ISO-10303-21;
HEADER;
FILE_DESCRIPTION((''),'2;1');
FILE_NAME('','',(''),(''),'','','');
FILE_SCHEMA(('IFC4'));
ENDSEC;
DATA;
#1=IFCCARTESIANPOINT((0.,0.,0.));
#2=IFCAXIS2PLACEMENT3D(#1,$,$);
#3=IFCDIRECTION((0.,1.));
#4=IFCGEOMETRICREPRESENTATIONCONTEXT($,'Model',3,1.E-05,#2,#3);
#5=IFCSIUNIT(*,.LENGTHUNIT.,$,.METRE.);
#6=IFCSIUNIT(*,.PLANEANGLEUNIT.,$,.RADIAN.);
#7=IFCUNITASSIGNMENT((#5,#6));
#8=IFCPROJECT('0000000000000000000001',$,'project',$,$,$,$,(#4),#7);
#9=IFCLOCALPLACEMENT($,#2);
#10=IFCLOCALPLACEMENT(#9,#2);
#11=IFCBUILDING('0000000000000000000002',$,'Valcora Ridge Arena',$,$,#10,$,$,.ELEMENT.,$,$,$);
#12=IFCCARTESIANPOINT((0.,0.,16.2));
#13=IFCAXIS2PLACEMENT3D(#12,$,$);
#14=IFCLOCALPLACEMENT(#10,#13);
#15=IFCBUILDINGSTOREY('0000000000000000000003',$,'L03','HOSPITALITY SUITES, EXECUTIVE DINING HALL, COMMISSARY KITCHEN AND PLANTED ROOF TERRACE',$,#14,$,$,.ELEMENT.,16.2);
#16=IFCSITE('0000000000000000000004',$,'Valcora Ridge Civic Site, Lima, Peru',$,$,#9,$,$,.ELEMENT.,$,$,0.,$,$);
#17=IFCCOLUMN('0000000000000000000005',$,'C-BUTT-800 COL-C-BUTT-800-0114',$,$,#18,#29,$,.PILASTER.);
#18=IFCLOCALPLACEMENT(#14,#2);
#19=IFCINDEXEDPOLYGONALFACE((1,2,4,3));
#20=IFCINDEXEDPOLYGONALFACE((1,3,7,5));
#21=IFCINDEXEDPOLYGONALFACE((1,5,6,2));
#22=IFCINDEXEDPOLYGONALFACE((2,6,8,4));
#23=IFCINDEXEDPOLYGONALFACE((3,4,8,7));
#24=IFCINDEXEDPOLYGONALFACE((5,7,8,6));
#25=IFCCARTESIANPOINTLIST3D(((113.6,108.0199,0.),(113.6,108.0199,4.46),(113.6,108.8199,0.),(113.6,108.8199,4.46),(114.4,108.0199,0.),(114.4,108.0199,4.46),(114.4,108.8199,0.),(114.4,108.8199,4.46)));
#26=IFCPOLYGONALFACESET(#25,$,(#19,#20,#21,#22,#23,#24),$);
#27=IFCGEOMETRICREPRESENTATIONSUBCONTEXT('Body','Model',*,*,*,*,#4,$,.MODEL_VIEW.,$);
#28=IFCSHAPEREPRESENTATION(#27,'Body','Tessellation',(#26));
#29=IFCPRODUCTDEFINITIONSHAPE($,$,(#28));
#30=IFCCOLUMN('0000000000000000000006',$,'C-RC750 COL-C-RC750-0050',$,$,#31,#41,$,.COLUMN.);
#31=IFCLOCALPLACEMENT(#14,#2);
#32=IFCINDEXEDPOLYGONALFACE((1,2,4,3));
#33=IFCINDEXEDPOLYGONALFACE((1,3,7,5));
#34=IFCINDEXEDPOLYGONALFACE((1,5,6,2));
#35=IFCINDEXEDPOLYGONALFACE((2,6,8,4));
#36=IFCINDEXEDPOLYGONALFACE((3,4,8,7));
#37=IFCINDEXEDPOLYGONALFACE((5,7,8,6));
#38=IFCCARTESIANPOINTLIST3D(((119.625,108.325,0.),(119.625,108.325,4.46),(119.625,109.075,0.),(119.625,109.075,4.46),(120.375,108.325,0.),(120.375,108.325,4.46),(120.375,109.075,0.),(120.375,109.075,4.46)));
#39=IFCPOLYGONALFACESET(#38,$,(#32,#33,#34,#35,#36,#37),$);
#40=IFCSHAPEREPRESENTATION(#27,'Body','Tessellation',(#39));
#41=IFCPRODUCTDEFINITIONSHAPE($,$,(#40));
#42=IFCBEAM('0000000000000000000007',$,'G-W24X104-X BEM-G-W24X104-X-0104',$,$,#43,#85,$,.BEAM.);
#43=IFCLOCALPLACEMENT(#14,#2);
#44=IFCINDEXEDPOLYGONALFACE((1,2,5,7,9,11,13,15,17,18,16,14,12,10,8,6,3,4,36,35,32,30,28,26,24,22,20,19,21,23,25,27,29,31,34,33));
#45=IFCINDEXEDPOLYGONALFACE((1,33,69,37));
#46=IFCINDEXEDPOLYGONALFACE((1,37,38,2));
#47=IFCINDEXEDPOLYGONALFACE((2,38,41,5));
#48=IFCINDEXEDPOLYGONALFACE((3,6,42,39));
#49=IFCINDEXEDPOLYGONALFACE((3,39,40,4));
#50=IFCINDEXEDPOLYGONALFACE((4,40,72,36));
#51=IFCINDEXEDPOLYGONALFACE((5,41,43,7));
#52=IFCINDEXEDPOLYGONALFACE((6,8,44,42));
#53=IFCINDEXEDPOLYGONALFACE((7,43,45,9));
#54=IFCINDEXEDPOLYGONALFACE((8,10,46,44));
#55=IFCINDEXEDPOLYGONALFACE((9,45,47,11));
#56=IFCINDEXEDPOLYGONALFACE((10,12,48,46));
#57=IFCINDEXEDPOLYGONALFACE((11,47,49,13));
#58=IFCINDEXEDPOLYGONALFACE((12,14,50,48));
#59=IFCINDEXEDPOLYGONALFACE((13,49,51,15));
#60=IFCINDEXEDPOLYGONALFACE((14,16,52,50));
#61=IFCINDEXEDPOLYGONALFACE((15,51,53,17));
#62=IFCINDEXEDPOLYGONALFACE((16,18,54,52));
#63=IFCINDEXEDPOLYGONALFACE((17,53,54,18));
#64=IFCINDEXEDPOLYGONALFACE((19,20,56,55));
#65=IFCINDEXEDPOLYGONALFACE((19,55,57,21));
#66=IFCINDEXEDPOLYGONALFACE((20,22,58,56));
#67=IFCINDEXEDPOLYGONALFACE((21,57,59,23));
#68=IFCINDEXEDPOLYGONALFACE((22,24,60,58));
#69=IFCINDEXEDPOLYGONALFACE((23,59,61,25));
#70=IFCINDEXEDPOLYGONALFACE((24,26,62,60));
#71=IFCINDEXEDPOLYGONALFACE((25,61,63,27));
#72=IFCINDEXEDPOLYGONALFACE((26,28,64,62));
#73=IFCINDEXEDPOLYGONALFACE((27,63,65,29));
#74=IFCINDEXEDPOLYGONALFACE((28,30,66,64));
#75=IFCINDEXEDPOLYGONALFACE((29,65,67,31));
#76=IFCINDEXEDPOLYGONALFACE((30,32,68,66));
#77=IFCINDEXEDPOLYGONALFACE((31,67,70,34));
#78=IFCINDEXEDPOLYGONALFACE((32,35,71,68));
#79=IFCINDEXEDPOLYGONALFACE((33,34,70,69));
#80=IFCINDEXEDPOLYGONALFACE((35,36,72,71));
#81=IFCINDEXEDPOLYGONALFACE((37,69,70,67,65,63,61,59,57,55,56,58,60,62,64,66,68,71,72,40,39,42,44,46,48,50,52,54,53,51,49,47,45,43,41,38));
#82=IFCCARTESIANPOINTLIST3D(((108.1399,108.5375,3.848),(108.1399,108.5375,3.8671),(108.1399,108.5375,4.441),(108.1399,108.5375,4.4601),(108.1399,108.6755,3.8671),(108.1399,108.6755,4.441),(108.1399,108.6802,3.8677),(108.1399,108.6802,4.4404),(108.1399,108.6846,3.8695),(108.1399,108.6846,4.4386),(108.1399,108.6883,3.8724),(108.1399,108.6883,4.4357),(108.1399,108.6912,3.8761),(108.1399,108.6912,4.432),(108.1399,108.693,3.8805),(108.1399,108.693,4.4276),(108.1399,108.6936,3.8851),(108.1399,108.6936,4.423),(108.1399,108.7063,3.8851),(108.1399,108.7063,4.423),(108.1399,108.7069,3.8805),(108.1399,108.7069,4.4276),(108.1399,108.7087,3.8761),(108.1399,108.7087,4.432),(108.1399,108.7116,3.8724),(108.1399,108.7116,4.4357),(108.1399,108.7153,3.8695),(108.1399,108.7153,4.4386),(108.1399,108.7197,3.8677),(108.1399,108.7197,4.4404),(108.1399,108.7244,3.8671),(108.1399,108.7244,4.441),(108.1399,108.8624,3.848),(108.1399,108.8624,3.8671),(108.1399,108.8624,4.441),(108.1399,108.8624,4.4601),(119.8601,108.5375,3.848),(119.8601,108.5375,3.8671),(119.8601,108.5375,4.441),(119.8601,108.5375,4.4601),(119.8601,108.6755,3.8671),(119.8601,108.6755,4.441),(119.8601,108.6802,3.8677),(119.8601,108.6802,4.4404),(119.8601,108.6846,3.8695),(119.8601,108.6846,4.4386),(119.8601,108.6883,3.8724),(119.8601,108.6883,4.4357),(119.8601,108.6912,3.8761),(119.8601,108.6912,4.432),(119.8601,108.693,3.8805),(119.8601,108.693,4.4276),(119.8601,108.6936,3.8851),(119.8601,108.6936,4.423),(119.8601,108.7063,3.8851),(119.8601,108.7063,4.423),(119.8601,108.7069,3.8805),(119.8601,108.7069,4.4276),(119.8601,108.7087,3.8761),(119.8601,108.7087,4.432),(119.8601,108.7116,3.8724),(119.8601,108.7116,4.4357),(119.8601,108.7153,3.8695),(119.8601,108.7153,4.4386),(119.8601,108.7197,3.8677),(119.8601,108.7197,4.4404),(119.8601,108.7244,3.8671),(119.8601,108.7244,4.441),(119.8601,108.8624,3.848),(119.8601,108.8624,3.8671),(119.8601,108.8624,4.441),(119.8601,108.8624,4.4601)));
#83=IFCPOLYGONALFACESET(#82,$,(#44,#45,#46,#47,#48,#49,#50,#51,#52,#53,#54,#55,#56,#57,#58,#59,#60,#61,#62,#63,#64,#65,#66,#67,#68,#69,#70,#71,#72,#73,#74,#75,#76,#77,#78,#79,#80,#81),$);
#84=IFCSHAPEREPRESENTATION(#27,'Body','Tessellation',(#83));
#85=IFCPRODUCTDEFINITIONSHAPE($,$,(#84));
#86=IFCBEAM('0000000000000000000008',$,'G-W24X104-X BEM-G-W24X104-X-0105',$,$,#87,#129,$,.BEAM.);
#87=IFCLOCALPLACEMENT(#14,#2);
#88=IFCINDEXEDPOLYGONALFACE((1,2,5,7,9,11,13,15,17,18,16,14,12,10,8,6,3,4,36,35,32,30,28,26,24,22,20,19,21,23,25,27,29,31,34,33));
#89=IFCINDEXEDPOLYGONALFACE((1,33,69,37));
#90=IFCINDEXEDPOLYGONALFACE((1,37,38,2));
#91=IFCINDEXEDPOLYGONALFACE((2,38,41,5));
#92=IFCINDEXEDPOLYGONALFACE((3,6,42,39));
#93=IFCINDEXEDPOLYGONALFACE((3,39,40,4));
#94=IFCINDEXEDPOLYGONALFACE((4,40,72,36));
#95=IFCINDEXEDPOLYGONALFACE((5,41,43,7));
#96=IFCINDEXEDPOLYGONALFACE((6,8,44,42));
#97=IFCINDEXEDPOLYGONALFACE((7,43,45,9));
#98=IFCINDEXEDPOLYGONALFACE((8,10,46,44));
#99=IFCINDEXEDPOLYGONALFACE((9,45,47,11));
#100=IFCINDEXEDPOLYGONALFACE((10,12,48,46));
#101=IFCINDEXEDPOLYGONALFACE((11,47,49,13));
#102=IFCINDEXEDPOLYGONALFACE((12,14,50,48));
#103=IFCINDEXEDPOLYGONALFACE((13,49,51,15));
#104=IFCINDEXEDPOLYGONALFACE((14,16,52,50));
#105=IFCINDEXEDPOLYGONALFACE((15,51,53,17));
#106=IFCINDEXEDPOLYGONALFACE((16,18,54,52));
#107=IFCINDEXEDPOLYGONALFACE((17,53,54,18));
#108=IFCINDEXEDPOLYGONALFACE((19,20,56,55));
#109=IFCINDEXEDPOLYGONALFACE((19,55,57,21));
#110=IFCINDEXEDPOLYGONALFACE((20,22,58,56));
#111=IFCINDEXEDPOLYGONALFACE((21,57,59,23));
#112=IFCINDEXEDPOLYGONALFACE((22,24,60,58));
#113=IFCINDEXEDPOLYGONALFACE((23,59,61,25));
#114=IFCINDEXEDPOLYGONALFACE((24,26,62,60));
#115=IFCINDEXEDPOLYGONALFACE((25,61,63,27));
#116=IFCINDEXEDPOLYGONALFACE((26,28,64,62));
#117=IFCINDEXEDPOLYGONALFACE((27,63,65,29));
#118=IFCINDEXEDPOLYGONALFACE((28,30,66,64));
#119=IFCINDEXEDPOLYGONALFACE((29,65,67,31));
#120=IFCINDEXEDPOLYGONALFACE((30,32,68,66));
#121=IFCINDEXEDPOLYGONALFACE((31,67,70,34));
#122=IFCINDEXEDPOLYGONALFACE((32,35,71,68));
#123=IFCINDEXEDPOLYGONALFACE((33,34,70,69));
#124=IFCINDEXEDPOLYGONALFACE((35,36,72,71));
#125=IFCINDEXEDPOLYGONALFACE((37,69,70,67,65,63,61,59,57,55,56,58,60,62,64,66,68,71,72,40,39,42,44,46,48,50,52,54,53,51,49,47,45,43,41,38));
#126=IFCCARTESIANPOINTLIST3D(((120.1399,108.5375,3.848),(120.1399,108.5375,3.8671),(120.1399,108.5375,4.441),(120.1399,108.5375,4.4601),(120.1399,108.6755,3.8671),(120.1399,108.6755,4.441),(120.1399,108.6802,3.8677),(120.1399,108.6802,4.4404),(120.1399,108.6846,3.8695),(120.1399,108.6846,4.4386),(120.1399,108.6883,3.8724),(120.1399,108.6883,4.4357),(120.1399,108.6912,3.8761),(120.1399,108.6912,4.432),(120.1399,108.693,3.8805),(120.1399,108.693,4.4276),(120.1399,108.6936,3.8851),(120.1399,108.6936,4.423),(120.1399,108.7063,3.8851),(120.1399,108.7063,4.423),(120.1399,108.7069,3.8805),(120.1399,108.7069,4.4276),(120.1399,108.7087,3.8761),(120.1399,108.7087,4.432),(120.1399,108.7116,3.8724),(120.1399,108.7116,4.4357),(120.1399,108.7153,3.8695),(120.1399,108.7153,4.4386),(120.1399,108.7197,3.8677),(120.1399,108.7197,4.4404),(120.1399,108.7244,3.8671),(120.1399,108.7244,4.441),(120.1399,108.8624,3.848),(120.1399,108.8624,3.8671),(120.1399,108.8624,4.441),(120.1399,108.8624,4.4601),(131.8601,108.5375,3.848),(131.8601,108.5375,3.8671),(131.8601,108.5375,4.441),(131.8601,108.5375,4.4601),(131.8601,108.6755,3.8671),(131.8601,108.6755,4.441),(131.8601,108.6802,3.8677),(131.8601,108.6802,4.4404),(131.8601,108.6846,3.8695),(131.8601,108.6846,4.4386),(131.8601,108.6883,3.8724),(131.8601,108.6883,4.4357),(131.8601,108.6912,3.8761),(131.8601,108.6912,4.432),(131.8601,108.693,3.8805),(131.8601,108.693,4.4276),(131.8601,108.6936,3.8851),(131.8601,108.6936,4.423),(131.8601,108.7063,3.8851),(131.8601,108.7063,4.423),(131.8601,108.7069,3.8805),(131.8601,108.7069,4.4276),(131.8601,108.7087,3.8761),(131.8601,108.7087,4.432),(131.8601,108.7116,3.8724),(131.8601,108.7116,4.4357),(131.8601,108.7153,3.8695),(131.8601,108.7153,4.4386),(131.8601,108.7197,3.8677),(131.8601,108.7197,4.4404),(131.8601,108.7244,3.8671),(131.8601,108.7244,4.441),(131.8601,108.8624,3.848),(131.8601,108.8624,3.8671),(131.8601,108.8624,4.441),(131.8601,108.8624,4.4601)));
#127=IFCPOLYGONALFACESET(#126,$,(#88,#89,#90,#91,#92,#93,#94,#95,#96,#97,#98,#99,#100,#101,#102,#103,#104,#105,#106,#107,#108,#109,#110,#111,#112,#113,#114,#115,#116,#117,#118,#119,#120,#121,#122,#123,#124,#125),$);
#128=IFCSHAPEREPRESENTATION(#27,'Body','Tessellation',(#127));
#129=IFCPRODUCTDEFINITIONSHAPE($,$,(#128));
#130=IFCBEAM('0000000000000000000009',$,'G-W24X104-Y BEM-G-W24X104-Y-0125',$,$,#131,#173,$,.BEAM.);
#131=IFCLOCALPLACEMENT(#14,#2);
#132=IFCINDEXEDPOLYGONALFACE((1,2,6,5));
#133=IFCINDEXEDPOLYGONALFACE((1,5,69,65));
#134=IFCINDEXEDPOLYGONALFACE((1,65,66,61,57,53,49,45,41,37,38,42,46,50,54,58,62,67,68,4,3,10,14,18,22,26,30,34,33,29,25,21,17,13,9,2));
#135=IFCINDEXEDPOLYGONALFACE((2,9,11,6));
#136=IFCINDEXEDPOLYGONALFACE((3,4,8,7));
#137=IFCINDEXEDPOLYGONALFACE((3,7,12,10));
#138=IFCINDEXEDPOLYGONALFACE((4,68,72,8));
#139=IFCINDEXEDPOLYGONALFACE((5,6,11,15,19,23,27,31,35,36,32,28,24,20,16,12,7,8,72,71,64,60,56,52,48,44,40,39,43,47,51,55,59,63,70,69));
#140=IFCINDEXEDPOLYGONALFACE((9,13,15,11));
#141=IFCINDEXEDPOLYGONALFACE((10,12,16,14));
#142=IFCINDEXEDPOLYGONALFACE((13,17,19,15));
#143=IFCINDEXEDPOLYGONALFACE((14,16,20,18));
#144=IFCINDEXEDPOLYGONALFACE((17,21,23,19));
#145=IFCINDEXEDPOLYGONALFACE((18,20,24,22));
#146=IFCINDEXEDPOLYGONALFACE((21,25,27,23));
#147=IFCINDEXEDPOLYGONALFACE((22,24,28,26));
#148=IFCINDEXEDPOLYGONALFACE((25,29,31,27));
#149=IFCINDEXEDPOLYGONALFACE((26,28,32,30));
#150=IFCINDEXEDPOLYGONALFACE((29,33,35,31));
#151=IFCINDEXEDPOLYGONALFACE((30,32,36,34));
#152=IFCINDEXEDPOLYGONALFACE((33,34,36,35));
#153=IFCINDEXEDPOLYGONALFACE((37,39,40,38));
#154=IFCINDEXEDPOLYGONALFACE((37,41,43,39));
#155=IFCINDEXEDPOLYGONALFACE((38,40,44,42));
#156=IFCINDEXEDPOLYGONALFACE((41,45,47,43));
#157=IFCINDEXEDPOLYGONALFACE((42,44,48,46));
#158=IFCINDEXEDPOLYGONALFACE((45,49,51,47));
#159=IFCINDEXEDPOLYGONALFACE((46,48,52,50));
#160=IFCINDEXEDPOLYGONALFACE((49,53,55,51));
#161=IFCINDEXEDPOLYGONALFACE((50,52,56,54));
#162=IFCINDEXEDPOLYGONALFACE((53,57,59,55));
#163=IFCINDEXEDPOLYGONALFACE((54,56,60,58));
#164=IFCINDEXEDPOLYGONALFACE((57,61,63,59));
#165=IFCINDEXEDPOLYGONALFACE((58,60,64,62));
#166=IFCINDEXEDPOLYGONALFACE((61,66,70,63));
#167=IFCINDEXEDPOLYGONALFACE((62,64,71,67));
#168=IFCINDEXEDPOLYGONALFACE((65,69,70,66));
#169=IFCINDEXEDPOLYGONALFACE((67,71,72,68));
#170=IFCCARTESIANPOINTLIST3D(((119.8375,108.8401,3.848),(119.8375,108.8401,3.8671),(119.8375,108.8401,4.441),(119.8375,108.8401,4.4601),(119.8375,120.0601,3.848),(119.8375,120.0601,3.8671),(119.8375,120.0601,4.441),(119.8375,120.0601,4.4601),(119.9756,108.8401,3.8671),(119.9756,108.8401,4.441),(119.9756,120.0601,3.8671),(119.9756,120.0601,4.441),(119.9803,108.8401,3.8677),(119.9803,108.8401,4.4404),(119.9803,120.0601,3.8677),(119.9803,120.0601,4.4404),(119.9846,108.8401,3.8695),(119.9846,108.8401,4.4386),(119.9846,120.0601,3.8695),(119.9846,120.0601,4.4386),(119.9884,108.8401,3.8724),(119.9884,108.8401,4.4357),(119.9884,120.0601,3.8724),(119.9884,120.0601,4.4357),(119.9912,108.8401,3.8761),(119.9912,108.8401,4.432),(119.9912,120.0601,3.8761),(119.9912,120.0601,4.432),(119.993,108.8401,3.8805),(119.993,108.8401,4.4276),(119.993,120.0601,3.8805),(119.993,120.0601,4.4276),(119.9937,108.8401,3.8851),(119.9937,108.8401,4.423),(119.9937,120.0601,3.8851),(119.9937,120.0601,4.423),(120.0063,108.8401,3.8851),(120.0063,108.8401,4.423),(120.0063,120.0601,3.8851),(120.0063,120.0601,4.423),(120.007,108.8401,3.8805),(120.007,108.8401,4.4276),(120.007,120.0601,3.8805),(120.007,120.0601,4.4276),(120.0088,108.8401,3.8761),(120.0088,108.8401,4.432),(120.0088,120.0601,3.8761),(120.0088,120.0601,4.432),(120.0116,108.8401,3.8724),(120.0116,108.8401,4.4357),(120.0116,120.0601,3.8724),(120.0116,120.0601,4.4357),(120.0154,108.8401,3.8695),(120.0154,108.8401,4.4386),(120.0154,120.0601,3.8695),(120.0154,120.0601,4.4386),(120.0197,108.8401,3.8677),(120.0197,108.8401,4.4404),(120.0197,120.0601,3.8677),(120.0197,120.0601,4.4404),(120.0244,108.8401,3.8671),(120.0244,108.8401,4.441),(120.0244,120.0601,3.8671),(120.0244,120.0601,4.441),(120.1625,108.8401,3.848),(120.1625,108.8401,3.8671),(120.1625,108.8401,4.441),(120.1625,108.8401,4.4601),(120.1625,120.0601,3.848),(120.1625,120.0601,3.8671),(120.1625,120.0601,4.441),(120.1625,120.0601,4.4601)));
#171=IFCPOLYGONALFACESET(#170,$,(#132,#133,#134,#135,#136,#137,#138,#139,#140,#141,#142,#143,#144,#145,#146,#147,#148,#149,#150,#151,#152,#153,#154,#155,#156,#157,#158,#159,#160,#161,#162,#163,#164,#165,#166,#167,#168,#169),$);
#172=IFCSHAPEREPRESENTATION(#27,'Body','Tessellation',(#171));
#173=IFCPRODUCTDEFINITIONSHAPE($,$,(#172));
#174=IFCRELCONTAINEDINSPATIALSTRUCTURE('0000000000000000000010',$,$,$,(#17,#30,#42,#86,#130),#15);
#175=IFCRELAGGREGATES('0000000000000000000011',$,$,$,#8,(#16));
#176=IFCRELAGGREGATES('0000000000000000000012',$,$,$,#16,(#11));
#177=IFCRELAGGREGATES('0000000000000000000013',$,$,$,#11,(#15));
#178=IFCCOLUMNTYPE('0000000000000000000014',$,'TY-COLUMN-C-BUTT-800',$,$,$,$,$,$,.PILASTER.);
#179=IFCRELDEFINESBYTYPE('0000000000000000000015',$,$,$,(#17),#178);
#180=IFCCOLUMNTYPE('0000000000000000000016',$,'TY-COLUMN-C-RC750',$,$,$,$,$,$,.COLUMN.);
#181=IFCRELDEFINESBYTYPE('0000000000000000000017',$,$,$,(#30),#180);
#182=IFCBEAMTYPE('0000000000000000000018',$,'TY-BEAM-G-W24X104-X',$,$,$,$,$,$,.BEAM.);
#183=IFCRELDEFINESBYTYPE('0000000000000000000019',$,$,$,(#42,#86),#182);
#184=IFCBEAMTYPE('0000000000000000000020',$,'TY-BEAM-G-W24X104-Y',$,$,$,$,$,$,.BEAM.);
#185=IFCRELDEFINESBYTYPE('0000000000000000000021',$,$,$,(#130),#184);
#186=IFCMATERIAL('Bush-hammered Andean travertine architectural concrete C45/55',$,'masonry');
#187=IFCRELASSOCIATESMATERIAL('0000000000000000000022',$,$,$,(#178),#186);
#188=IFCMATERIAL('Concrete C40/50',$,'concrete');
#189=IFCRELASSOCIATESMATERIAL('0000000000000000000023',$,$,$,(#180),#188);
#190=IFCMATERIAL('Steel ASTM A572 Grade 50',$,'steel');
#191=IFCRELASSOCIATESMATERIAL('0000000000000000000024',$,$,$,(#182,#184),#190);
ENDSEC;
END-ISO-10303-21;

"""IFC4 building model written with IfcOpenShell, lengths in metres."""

from ifc_helpers import new_model, si_unit, direction, frame, origin, origin_2d, place, context, subcontext, project, spatial, rectangle, i_section, extrude, material, material_profile, profile_set, type_object, element, save


model = new_model("IFC4")

# Units and contexts
model_context = context("Model", 3, precision=1e-05, world=origin(), true_north=direction((0.0, 1.0)))
body_context = subcontext(model_context, "Body", "Model", "MODEL_VIEW")
ifc_project = project(units=[si_unit("LENGTHUNIT", "METRE"), si_unit("PLANEANGLEUNIT", "RADIAN")], contexts=[model_context])

# Site, building, storey
site_placement = place(None, origin())
site = spatial("IfcSite", under=ifc_project, at=site_placement, Name="Valcora Ridge Civic Site, Lima, Peru", CompositionType="ELEMENT", RefElevation=0.0)
building_placement = place(site_placement, origin())
building = spatial("IfcBuilding", under=site, at=building_placement, Name="Valcora Ridge Arena", CompositionType="ELEMENT")
storey_placement = place(building_placement, frame((0.0, 0.0, 16.2)))
storey = spatial("IfcBuildingStorey", under=building, at=storey_placement, Name="L03", Description="HOSPITALITY SUITES, EXECUTIVE DINING HALL, COMMISSARY KITCHEN AND PLANTED ROOF TERRACE", CompositionType="ELEMENT", Elevation=16.2)

# Columns
ifc_material_1 = material(Name="Bush-hammered Andean travertine architectural concrete C45/55", Category="masonry")
ifc_material_profile_1 = material_profile(ifc_material_1, rectangle(XDim=0.8, YDim=0.8, at=origin_2d()), Name="RC 800x800")
ifc_profile_set_1 = profile_set([ifc_material_profile_1], Name="Bush-hammered Andean travertine architectural concrete C45/55")
column_type_1 = type_object("IfcColumnType", Name="TY-COLUMN-C-BUTT-800", PredefinedType="PILASTER", material=ifc_profile_set_1)
column_1_placement = place(storey_placement, frame((114.0, 108.4199, 0.0), z_axis=(0.0, 0.0, 1.0), x_axis=(1.0, 0.0, 0.0)))
element("IfcColumn", 1, at=column_1_placement, inside=storey, type_object=column_type_1, Name="C-BUTT-800 COL-C-BUTT-800-0114", PredefinedType="PILASTER", context=body_context, shape_type="SweptSolid", body=[
    extrude(rectangle(XDim=0.8, YDim=0.8, at=origin_2d()), origin(), (0.0, 0.0, 1.0), 4.46),
])
ifc_material_2 = material(Name="Concrete C40/50", Category="concrete")
ifc_material_profile_2 = material_profile(ifc_material_2, rectangle(XDim=0.75, YDim=0.75, at=origin_2d()), Name="RC 750x750")
ifc_profile_set_2 = profile_set([ifc_material_profile_2], Name="Concrete C40/50")
column_type_2 = type_object("IfcColumnType", Name="TY-COLUMN-C-RC750", PredefinedType="COLUMN", material=ifc_profile_set_2)
column_2_placement = place(storey_placement, frame((120.0, 108.7, 0.0), z_axis=(0.0, 0.0, 1.0), x_axis=(1.0, 0.0, 0.0)))
element("IfcColumn", 2, at=column_2_placement, inside=storey, type_object=column_type_2, Name="C-RC750 COL-C-RC750-0050", PredefinedType="COLUMN", context=body_context, shape_type="SweptSolid", body=[
    extrude(rectangle(XDim=0.75, YDim=0.75, at=origin_2d()), origin(), (0.0, 0.0, 1.0), 4.46),
])

# Beams
ifc_material_3 = material(Name="Steel ASTM A572 Grade 50", Category="steel")
ifc_material_profile_3 = material_profile(ifc_material_3, i_section(OverallWidth=0.325, OverallDepth=0.6121, WebThickness=0.0127, FlangeThickness=0.019, FilletRadius=0.0181, at=origin_2d()), Name="W24X104")
ifc_profile_set_3 = profile_set([ifc_material_profile_3], Name="Steel ASTM A572 Grade 50")
beam_type_1 = type_object("IfcBeamType", Name="TY-BEAM-G-W24X104-X", PredefinedType="BEAM", material=ifc_profile_set_3)
for number, where, z_axis, x_axis, name in (
    (3, (108.1399, 108.7, 4.1541), (1.0, 0.0, 0.0), (0.0, 1.0, 0.0), "G-W24X104-X BEM-G-W24X104-X-0104"),
    (4, (120.1399, 108.7, 4.1541), (1.0, 0.0, 0.0), (0.0, 1.0, 0.0), "G-W24X104-X BEM-G-W24X104-X-0105"),
):
    element("IfcBeam", number, at=place(storey_placement, frame(where, z_axis=z_axis, x_axis=x_axis)), inside=storey, type_object=beam_type_1, Name=name, PredefinedType="BEAM", context=body_context, shape_type="SweptSolid", body=[
        extrude(i_section(OverallWidth=0.325, OverallDepth=0.6121, WebThickness=0.0127, FlangeThickness=0.019, FilletRadius=0.0181, at=origin_2d()), origin(), (0.0, 0.0, 1.0), 11.7202),
    ])
ifc_material_profile_4 = material_profile(ifc_material_3, i_section(OverallWidth=0.325, OverallDepth=0.6121, WebThickness=0.0127, FlangeThickness=0.019, FilletRadius=0.0181, at=origin_2d()), Name="W24X104")
ifc_profile_set_4 = profile_set([ifc_material_profile_4], Name="Steel ASTM A572 Grade 50")
beam_type_2 = type_object("IfcBeamType", Name="TY-BEAM-G-W24X104-Y", PredefinedType="BEAM", material=ifc_profile_set_4)
beam_placement = place(storey_placement, frame((120.0, 108.8401, 4.1541), z_axis=(0.0, 1.0, 0.0), x_axis=(-1.0, 0.0, 0.0)))
element("IfcBeam", 5, at=beam_placement, inside=storey, type_object=beam_type_2, Name="G-W24X104-Y BEM-G-W24X104-Y-0125", PredefinedType="BEAM", context=body_context, shape_type="SweptSolid", body=[
    extrude(i_section(OverallWidth=0.325, OverallDepth=0.6121, WebThickness=0.0127, FlangeThickness=0.019, FilletRadius=0.0181, at=origin_2d()), origin(), (0.0, 0.0, 1.0), 11.22),
])

save(model, "model.ifc")
